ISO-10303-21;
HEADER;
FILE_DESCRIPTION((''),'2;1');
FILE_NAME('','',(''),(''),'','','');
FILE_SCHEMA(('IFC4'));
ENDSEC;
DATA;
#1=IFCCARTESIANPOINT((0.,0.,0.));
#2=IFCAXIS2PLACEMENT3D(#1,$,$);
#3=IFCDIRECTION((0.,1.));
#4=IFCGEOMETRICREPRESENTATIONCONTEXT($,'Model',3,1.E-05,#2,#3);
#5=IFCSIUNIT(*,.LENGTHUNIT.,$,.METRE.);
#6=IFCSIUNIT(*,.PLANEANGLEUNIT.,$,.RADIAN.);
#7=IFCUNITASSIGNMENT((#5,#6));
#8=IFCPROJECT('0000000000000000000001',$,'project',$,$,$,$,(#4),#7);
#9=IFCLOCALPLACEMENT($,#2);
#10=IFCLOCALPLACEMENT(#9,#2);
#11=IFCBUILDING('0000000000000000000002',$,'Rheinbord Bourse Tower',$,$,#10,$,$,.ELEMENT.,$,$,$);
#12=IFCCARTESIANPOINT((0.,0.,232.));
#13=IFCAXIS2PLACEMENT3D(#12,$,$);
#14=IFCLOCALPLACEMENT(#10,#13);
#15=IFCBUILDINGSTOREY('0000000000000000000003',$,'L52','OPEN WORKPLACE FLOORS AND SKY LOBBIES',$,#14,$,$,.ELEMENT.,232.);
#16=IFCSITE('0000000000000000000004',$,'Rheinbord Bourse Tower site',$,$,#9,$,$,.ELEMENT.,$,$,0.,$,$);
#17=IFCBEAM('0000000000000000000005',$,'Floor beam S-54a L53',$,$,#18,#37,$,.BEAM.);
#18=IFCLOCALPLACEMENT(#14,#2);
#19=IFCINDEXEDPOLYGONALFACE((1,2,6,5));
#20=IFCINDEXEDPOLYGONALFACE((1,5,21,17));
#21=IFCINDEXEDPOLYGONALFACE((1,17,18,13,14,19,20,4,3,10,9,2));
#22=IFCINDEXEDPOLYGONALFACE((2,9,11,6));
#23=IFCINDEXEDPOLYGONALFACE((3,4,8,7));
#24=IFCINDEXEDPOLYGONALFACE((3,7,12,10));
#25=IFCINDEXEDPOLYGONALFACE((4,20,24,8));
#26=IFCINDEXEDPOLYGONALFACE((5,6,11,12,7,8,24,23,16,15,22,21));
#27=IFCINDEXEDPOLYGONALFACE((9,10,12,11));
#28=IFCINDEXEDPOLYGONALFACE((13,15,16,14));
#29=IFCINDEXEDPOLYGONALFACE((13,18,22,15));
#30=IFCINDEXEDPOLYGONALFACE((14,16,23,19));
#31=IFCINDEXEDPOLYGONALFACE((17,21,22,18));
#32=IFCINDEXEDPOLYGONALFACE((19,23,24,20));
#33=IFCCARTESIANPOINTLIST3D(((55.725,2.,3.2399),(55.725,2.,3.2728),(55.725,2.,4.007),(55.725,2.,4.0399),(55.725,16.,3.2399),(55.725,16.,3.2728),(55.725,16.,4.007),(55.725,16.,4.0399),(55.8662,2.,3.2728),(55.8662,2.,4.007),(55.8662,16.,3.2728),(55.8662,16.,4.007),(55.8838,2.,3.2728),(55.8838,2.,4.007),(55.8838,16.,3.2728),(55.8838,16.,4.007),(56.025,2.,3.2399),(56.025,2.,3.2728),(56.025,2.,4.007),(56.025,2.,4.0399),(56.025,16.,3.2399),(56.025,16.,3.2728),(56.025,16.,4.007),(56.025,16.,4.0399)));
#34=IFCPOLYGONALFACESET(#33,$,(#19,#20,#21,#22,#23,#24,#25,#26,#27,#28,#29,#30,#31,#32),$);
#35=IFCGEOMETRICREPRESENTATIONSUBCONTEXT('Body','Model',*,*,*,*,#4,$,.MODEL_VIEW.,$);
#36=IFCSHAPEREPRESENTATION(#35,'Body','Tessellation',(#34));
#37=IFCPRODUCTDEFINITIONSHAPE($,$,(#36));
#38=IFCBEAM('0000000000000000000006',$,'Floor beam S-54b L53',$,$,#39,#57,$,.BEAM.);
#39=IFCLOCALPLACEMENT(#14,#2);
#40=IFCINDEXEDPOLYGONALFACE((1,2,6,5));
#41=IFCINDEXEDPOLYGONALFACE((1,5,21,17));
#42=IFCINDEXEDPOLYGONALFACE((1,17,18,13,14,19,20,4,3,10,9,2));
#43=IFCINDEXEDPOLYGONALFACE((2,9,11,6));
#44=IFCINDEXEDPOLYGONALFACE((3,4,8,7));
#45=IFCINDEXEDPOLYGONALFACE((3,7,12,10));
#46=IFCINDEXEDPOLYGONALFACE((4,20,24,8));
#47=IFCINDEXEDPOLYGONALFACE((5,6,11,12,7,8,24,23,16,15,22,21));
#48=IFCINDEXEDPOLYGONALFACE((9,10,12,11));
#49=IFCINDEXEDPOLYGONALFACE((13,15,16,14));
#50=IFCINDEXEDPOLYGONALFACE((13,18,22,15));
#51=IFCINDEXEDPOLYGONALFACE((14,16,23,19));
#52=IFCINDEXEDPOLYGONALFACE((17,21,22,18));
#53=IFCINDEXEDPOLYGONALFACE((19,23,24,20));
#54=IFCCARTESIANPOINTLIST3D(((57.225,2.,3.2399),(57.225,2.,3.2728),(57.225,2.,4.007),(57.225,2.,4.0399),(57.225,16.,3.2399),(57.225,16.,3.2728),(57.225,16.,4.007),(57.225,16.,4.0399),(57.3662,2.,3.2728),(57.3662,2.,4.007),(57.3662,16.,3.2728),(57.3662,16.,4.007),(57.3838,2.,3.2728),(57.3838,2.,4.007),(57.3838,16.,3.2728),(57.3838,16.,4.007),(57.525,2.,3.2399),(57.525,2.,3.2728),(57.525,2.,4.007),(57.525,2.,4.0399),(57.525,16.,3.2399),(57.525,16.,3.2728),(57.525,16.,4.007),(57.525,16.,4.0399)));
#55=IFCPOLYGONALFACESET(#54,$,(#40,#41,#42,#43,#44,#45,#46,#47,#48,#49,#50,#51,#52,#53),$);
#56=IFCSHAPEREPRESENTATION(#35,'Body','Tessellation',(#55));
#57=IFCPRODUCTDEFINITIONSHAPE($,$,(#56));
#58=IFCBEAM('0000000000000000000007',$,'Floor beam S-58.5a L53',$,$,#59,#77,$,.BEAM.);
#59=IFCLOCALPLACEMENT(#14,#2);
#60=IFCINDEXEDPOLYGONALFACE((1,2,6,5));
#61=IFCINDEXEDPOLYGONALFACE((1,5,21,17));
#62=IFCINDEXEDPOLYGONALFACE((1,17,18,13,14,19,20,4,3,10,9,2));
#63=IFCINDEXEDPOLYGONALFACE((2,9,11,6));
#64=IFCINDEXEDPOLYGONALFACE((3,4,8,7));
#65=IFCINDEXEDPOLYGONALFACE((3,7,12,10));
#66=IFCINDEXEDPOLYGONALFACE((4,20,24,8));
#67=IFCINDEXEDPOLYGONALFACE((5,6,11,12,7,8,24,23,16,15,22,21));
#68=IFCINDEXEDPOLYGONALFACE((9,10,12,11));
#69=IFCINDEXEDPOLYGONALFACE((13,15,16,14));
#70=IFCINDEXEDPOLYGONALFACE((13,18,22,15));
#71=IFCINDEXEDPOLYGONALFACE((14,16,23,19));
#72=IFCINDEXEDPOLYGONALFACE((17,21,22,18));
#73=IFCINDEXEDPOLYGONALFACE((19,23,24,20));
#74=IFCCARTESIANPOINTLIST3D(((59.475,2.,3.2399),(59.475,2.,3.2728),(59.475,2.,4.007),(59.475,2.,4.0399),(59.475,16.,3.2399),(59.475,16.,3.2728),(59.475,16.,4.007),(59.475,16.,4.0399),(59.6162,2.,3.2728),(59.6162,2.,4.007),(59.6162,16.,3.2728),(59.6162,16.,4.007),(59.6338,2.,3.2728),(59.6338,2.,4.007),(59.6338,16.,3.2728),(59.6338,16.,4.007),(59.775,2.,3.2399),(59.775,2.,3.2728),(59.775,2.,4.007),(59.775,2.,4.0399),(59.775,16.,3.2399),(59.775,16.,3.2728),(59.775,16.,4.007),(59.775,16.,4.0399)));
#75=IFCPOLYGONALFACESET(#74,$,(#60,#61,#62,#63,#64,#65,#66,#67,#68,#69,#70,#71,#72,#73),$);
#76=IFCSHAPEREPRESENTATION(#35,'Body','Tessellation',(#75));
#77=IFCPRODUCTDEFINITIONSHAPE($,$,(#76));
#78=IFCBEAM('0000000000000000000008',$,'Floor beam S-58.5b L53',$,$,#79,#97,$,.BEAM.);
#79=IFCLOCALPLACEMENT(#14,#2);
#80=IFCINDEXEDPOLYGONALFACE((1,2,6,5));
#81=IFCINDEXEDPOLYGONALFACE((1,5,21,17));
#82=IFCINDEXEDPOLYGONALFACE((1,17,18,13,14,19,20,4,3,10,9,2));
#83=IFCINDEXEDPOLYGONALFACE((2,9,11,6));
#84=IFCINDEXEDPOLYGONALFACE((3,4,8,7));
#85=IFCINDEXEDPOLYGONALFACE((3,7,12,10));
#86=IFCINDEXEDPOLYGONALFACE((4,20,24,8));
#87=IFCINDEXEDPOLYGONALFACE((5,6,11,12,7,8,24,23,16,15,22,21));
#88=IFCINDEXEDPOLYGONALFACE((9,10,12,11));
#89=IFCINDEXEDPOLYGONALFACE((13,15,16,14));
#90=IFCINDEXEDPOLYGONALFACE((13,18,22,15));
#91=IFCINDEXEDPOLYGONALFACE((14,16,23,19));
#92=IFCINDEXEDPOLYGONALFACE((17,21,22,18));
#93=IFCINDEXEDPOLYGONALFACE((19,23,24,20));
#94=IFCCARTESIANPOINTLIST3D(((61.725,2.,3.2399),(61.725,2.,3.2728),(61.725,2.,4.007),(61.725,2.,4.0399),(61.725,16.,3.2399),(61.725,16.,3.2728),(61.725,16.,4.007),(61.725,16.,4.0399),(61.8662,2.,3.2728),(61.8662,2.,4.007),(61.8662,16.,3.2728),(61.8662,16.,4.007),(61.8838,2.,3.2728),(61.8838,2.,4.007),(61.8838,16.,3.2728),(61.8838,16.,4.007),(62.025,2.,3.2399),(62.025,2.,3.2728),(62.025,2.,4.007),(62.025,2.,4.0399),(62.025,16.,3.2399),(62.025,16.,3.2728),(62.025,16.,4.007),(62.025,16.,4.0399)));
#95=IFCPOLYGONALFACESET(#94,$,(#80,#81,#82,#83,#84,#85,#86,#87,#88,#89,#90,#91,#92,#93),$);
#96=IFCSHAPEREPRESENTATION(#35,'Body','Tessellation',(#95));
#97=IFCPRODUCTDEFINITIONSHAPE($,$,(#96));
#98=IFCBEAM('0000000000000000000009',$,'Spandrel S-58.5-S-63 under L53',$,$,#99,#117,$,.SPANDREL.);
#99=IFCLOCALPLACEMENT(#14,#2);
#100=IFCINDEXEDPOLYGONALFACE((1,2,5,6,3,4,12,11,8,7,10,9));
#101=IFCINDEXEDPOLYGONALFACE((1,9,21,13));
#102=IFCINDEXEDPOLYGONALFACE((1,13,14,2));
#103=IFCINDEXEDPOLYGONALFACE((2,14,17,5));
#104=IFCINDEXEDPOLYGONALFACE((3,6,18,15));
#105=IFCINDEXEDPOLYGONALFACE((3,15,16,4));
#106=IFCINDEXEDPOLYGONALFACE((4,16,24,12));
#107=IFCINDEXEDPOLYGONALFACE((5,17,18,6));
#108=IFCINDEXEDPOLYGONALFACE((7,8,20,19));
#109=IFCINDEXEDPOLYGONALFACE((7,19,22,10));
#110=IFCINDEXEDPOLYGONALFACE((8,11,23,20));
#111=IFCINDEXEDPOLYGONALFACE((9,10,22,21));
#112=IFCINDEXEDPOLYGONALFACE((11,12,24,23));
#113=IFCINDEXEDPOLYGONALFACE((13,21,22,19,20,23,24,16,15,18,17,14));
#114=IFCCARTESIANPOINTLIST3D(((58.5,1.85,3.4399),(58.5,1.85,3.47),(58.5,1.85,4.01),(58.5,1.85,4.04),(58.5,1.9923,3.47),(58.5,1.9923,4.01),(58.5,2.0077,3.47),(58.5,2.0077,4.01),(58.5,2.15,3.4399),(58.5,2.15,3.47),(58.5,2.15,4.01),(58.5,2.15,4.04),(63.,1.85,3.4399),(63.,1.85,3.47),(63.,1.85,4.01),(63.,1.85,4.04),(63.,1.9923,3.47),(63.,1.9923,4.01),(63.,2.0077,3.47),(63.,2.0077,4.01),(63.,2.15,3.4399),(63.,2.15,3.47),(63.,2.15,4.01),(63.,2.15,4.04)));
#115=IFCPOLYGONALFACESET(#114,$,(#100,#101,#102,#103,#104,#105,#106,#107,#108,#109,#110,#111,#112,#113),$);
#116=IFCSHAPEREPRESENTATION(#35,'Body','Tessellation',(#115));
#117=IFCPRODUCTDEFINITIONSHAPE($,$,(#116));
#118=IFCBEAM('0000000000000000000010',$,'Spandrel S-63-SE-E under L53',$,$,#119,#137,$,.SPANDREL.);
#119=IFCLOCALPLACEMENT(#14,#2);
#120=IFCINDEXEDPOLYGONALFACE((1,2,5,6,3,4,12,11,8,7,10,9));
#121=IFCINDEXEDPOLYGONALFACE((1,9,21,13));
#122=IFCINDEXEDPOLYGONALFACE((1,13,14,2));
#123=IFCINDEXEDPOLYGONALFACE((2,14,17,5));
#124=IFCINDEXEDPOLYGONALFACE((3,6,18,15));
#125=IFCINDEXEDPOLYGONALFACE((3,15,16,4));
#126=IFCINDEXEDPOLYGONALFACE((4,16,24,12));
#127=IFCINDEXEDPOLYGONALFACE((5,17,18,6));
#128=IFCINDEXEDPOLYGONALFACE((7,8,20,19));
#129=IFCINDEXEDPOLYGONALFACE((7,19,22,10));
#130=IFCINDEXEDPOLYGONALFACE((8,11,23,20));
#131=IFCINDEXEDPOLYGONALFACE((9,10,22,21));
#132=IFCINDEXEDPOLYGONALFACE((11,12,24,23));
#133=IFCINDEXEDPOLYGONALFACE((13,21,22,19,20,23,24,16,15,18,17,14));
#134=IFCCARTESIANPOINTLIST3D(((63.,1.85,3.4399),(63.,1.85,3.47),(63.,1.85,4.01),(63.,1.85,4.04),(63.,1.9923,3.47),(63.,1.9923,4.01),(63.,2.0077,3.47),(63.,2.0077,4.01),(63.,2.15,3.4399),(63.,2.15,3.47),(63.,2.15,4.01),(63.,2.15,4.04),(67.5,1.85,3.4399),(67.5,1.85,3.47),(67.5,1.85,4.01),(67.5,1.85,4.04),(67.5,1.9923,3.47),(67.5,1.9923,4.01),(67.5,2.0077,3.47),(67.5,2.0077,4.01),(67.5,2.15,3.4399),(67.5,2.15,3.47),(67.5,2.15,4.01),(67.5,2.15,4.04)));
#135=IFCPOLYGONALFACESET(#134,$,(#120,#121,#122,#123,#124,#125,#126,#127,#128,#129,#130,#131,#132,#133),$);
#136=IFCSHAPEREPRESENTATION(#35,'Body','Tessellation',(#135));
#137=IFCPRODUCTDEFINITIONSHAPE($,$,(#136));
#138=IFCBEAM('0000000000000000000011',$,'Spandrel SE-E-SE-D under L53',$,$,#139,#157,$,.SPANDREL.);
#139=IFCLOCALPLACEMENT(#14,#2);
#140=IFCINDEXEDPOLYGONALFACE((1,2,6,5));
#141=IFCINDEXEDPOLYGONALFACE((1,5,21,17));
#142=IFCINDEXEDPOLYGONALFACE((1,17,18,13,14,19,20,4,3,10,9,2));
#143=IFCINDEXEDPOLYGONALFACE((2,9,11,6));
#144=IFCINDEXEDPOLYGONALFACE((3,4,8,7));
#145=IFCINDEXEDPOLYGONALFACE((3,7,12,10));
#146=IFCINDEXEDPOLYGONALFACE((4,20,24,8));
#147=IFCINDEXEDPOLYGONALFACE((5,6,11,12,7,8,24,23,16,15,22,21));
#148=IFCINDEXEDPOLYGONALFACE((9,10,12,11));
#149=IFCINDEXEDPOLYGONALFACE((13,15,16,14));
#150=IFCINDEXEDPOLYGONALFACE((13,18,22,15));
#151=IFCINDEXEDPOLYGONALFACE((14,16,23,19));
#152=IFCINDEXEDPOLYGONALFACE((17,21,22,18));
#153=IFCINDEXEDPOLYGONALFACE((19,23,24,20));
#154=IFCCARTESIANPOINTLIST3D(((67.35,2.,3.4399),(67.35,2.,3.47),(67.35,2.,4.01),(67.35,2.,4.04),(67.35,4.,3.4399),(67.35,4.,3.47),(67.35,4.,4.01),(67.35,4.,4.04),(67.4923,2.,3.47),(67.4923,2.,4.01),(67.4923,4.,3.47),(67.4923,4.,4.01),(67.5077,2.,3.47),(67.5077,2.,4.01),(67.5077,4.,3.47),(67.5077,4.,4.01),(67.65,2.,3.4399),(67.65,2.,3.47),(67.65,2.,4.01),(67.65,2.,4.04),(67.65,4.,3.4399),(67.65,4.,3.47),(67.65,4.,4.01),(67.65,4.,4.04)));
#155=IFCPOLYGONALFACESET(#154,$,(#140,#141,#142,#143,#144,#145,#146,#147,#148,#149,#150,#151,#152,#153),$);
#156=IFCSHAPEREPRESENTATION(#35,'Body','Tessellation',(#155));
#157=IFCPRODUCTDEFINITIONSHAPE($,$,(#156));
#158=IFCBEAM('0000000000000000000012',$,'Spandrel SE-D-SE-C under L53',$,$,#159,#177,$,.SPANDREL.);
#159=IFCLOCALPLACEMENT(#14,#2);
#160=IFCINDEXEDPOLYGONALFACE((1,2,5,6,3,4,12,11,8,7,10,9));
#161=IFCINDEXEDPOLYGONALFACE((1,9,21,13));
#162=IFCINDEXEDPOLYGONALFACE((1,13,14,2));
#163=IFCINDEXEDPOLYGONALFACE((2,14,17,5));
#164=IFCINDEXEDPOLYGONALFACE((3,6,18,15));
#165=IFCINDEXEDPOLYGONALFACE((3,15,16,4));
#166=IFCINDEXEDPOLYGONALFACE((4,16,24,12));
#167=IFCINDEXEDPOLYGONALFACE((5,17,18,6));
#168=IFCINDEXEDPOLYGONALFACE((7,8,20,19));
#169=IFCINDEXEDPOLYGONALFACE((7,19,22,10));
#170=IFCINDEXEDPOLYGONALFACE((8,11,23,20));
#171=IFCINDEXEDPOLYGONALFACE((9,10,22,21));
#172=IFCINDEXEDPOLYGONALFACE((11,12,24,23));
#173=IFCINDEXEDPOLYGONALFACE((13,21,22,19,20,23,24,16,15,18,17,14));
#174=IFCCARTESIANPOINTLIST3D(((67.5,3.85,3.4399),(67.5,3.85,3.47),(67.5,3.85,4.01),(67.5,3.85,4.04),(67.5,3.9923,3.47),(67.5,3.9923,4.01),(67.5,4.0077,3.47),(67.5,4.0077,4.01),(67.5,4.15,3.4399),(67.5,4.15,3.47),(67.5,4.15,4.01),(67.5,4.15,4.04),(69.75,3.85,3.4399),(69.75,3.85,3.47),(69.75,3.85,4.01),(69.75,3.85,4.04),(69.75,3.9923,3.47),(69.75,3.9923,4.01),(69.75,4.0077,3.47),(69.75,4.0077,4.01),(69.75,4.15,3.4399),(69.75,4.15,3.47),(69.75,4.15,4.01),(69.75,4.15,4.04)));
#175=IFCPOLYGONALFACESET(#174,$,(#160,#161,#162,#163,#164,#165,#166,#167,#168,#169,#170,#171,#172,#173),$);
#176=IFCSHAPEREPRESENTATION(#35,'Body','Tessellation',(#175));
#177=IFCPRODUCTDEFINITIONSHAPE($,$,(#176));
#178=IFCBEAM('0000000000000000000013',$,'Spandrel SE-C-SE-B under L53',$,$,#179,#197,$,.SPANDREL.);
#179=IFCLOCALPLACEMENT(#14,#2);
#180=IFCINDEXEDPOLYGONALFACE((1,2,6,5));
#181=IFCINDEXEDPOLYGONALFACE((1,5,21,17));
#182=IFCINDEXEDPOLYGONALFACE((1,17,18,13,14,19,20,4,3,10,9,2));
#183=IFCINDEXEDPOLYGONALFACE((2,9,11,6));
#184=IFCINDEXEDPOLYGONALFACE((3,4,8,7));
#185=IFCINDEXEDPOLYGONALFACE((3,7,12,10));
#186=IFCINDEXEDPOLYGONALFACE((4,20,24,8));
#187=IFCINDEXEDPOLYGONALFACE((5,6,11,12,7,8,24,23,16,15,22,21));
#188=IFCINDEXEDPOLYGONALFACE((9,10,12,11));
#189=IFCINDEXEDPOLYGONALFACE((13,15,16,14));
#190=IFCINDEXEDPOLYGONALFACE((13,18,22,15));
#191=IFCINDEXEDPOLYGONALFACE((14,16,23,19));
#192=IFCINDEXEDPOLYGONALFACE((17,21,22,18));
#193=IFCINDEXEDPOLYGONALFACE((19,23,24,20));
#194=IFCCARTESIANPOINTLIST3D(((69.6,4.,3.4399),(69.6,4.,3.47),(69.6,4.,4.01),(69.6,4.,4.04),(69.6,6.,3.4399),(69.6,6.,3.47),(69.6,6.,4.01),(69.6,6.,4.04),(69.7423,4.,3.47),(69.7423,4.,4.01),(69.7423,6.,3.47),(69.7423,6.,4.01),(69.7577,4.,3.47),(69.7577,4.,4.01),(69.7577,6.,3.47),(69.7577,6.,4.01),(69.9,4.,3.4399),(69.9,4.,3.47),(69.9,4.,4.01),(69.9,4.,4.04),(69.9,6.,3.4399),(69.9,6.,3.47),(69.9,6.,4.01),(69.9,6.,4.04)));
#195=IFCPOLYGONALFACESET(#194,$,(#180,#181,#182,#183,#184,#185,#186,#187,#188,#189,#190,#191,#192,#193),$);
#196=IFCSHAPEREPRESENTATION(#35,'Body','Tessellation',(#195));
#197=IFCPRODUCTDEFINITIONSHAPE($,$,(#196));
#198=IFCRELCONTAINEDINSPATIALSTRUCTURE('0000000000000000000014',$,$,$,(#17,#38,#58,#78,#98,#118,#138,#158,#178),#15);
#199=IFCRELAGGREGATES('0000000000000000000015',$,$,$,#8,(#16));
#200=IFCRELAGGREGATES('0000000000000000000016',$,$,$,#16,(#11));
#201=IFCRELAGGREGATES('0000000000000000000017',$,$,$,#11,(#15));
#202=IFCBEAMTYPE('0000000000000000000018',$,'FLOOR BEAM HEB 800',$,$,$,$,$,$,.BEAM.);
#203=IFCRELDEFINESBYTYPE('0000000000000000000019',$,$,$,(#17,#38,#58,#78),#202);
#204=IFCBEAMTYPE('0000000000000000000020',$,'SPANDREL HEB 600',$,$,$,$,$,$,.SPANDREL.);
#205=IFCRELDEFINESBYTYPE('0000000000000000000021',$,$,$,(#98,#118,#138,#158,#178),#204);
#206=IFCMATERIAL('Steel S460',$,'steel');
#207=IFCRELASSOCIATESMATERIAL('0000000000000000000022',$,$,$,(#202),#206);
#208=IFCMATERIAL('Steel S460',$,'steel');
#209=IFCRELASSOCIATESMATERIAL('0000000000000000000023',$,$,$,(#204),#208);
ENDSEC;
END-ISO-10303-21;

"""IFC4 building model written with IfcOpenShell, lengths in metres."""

from ifc_helpers import new_model, si_unit, direction, frame, origin, origin_2d, place, context, subcontext, project, spatial, i_section, extrude, material, material_profile, profile_set, type_object, element, save


model = new_model("IFC4")

# Units and contexts
model_context = context("Model", 3, precision=1e-05, world=origin(), true_north=direction((0.0, 1.0)))
body_context = subcontext(model_context, "Body", "Model", "MODEL_VIEW")
ifc_project = project(units=[si_unit("LENGTHUNIT", "METRE"), si_unit("PLANEANGLEUNIT", "RADIAN")], contexts=[model_context])

# Site, building, storey
site_placement = place(None, origin())
site = spatial("IfcSite", under=ifc_project, at=site_placement, Name="Rheinbord Bourse Tower site", CompositionType="ELEMENT", RefElevation=0.0)
building_placement = place(site_placement, origin())
building = spatial("IfcBuilding", under=site, at=building_placement, Name="Rheinbord Bourse Tower", CompositionType="ELEMENT")
storey_placement = place(building_placement, frame((0.0, 0.0, 232.0)))
storey = spatial("IfcBuildingStorey", under=building, at=storey_placement, Name="L52", Description="OPEN WORKPLACE FLOORS AND SKY LOBBIES", CompositionType="ELEMENT", Elevation=232.0)

# Beams
ifc_material_1 = material(Name="Steel S460", Category="steel")
ifc_material_profile_1 = material_profile(ifc_material_1, i_section(OverallWidth=0.3, OverallDepth=0.8, WebThickness=0.0176, FlangeThickness=0.033, at=origin_2d()), Name="HEB 800")
ifc_profile_set_1 = profile_set([ifc_material_profile_1], Name="Steel S460")
beam_type_1 = type_object("IfcBeamType", Name="FLOOR BEAM HEB 800", PredefinedType="BEAM", material=ifc_profile_set_1)
for number, where, z_axis, x_axis, name in (
    (1, (55.875, 2.0, 3.6399), (0.0, 1.0, 0.0), (-1.0, 0.0, 0.0), "Floor beam S-54a L53"),
    (2, (57.375, 2.0, 3.6399), (0.0, 1.0, 0.0), (-1.0, 0.0, 0.0), "Floor beam S-54b L53"),
    (3, (59.625, 2.0, 3.6399), (0.0, 1.0, 0.0), (-1.0, 0.0, 0.0), "Floor beam S-58.5a L53"),
    (4, (61.875, 2.0, 3.6399), (0.0, 1.0, 0.0), (-1.0, 0.0, 0.0), "Floor beam S-58.5b L53"),
):
    element("IfcBeam", number, at=place(storey_placement, frame(where, z_axis=z_axis, x_axis=x_axis)), inside=storey, type_object=beam_type_1, Name=name, PredefinedType="BEAM", context=body_context, shape_type="SweptSolid", body=[
        extrude(i_section(OverallWidth=0.3, OverallDepth=0.8, WebThickness=0.0176, FlangeThickness=0.033, at=origin_2d()), origin(), (0.0, 0.0, 1.0), 14.0),
    ])
ifc_material_2 = material(Name="Steel S460", Category="steel")
ifc_material_profile_2 = material_profile(ifc_material_2, i_section(OverallWidth=0.3, OverallDepth=0.6001, WebThickness=0.0154, FlangeThickness=0.03, at=origin_2d()), Name="HEB 600")
ifc_profile_set_2 = profile_set([ifc_material_profile_2], Name="Steel S460")
beam_type_2 = type_object("IfcBeamType", Name="SPANDREL HEB 600", PredefinedType="SPANDREL", material=ifc_profile_set_2)
for number, where, z_axis, x_axis, name in (
    (5, (58.5, 2.0, 3.74), (1.0, 0.0, 0.0), (0.0, 1.0, 0.0), "Spandrel S-58.5-S-63 under L53"),
    (6, (63.0, 2.0, 3.74), (1.0, 0.0, 0.0), (0.0, 1.0, 0.0), "Spandrel S-63-SE-E under L53"),
):
    element("IfcBeam", number, at=place(storey_placement, frame(where, z_axis=z_axis, x_axis=x_axis)), inside=storey, type_object=beam_type_2, Name=name, PredefinedType="SPANDREL", context=body_context, shape_type="SweptSolid", body=[
        extrude(i_section(OverallWidth=0.3, OverallDepth=0.6001, WebThickness=0.0154, FlangeThickness=0.03, at=origin_2d()), origin(), (0.0, 0.0, 1.0), 4.5),
    ])
beam_1_placement = place(storey_placement, frame((67.5, 2.0, 3.74), z_axis=(0.0, 1.0, 0.0), x_axis=(-1.0, 0.0, 0.0)))
element("IfcBeam", 7, at=beam_1_placement, inside=storey, type_object=beam_type_2, Name="Spandrel SE-E-SE-D under L53", PredefinedType="SPANDREL", context=body_context, shape_type="SweptSolid", body=[
    extrude(i_section(OverallWidth=0.3, OverallDepth=0.6001, WebThickness=0.0154, FlangeThickness=0.03, at=origin_2d()), origin(), (0.0, 0.0, 1.0), 2.0),
])
beam_2_placement = place(storey_placement, frame((67.5, 4.0, 3.74), z_axis=(1.0, 0.0, 0.0), x_axis=(0.0, 1.0, 0.0)))
element("IfcBeam", 8, at=beam_2_placement, inside=storey, type_object=beam_type_2, Name="Spandrel SE-D-SE-C under L53", PredefinedType="SPANDREL", context=body_context, shape_type="SweptSolid", body=[
    extrude(i_section(OverallWidth=0.3, OverallDepth=0.6001, WebThickness=0.0154, FlangeThickness=0.03, at=origin_2d()), origin(), (0.0, 0.0, 1.0), 2.25),
])
beam_3_placement = place(storey_placement, frame((69.75, 4.0, 3.74), z_axis=(0.0, 1.0, 0.0), x_axis=(-1.0, 0.0, 0.0)))
element("IfcBeam", 9, at=beam_3_placement, inside=storey, type_object=beam_type_2, Name="Spandrel SE-C-SE-B under L53", PredefinedType="SPANDREL", context=body_context, shape_type="SweptSolid", body=[
    extrude(i_section(OverallWidth=0.3, OverallDepth=0.6001, WebThickness=0.0154, FlangeThickness=0.03, at=origin_2d()), origin(), (0.0, 0.0, 1.0), 2.0),
])

save(model, "model.ifc")
